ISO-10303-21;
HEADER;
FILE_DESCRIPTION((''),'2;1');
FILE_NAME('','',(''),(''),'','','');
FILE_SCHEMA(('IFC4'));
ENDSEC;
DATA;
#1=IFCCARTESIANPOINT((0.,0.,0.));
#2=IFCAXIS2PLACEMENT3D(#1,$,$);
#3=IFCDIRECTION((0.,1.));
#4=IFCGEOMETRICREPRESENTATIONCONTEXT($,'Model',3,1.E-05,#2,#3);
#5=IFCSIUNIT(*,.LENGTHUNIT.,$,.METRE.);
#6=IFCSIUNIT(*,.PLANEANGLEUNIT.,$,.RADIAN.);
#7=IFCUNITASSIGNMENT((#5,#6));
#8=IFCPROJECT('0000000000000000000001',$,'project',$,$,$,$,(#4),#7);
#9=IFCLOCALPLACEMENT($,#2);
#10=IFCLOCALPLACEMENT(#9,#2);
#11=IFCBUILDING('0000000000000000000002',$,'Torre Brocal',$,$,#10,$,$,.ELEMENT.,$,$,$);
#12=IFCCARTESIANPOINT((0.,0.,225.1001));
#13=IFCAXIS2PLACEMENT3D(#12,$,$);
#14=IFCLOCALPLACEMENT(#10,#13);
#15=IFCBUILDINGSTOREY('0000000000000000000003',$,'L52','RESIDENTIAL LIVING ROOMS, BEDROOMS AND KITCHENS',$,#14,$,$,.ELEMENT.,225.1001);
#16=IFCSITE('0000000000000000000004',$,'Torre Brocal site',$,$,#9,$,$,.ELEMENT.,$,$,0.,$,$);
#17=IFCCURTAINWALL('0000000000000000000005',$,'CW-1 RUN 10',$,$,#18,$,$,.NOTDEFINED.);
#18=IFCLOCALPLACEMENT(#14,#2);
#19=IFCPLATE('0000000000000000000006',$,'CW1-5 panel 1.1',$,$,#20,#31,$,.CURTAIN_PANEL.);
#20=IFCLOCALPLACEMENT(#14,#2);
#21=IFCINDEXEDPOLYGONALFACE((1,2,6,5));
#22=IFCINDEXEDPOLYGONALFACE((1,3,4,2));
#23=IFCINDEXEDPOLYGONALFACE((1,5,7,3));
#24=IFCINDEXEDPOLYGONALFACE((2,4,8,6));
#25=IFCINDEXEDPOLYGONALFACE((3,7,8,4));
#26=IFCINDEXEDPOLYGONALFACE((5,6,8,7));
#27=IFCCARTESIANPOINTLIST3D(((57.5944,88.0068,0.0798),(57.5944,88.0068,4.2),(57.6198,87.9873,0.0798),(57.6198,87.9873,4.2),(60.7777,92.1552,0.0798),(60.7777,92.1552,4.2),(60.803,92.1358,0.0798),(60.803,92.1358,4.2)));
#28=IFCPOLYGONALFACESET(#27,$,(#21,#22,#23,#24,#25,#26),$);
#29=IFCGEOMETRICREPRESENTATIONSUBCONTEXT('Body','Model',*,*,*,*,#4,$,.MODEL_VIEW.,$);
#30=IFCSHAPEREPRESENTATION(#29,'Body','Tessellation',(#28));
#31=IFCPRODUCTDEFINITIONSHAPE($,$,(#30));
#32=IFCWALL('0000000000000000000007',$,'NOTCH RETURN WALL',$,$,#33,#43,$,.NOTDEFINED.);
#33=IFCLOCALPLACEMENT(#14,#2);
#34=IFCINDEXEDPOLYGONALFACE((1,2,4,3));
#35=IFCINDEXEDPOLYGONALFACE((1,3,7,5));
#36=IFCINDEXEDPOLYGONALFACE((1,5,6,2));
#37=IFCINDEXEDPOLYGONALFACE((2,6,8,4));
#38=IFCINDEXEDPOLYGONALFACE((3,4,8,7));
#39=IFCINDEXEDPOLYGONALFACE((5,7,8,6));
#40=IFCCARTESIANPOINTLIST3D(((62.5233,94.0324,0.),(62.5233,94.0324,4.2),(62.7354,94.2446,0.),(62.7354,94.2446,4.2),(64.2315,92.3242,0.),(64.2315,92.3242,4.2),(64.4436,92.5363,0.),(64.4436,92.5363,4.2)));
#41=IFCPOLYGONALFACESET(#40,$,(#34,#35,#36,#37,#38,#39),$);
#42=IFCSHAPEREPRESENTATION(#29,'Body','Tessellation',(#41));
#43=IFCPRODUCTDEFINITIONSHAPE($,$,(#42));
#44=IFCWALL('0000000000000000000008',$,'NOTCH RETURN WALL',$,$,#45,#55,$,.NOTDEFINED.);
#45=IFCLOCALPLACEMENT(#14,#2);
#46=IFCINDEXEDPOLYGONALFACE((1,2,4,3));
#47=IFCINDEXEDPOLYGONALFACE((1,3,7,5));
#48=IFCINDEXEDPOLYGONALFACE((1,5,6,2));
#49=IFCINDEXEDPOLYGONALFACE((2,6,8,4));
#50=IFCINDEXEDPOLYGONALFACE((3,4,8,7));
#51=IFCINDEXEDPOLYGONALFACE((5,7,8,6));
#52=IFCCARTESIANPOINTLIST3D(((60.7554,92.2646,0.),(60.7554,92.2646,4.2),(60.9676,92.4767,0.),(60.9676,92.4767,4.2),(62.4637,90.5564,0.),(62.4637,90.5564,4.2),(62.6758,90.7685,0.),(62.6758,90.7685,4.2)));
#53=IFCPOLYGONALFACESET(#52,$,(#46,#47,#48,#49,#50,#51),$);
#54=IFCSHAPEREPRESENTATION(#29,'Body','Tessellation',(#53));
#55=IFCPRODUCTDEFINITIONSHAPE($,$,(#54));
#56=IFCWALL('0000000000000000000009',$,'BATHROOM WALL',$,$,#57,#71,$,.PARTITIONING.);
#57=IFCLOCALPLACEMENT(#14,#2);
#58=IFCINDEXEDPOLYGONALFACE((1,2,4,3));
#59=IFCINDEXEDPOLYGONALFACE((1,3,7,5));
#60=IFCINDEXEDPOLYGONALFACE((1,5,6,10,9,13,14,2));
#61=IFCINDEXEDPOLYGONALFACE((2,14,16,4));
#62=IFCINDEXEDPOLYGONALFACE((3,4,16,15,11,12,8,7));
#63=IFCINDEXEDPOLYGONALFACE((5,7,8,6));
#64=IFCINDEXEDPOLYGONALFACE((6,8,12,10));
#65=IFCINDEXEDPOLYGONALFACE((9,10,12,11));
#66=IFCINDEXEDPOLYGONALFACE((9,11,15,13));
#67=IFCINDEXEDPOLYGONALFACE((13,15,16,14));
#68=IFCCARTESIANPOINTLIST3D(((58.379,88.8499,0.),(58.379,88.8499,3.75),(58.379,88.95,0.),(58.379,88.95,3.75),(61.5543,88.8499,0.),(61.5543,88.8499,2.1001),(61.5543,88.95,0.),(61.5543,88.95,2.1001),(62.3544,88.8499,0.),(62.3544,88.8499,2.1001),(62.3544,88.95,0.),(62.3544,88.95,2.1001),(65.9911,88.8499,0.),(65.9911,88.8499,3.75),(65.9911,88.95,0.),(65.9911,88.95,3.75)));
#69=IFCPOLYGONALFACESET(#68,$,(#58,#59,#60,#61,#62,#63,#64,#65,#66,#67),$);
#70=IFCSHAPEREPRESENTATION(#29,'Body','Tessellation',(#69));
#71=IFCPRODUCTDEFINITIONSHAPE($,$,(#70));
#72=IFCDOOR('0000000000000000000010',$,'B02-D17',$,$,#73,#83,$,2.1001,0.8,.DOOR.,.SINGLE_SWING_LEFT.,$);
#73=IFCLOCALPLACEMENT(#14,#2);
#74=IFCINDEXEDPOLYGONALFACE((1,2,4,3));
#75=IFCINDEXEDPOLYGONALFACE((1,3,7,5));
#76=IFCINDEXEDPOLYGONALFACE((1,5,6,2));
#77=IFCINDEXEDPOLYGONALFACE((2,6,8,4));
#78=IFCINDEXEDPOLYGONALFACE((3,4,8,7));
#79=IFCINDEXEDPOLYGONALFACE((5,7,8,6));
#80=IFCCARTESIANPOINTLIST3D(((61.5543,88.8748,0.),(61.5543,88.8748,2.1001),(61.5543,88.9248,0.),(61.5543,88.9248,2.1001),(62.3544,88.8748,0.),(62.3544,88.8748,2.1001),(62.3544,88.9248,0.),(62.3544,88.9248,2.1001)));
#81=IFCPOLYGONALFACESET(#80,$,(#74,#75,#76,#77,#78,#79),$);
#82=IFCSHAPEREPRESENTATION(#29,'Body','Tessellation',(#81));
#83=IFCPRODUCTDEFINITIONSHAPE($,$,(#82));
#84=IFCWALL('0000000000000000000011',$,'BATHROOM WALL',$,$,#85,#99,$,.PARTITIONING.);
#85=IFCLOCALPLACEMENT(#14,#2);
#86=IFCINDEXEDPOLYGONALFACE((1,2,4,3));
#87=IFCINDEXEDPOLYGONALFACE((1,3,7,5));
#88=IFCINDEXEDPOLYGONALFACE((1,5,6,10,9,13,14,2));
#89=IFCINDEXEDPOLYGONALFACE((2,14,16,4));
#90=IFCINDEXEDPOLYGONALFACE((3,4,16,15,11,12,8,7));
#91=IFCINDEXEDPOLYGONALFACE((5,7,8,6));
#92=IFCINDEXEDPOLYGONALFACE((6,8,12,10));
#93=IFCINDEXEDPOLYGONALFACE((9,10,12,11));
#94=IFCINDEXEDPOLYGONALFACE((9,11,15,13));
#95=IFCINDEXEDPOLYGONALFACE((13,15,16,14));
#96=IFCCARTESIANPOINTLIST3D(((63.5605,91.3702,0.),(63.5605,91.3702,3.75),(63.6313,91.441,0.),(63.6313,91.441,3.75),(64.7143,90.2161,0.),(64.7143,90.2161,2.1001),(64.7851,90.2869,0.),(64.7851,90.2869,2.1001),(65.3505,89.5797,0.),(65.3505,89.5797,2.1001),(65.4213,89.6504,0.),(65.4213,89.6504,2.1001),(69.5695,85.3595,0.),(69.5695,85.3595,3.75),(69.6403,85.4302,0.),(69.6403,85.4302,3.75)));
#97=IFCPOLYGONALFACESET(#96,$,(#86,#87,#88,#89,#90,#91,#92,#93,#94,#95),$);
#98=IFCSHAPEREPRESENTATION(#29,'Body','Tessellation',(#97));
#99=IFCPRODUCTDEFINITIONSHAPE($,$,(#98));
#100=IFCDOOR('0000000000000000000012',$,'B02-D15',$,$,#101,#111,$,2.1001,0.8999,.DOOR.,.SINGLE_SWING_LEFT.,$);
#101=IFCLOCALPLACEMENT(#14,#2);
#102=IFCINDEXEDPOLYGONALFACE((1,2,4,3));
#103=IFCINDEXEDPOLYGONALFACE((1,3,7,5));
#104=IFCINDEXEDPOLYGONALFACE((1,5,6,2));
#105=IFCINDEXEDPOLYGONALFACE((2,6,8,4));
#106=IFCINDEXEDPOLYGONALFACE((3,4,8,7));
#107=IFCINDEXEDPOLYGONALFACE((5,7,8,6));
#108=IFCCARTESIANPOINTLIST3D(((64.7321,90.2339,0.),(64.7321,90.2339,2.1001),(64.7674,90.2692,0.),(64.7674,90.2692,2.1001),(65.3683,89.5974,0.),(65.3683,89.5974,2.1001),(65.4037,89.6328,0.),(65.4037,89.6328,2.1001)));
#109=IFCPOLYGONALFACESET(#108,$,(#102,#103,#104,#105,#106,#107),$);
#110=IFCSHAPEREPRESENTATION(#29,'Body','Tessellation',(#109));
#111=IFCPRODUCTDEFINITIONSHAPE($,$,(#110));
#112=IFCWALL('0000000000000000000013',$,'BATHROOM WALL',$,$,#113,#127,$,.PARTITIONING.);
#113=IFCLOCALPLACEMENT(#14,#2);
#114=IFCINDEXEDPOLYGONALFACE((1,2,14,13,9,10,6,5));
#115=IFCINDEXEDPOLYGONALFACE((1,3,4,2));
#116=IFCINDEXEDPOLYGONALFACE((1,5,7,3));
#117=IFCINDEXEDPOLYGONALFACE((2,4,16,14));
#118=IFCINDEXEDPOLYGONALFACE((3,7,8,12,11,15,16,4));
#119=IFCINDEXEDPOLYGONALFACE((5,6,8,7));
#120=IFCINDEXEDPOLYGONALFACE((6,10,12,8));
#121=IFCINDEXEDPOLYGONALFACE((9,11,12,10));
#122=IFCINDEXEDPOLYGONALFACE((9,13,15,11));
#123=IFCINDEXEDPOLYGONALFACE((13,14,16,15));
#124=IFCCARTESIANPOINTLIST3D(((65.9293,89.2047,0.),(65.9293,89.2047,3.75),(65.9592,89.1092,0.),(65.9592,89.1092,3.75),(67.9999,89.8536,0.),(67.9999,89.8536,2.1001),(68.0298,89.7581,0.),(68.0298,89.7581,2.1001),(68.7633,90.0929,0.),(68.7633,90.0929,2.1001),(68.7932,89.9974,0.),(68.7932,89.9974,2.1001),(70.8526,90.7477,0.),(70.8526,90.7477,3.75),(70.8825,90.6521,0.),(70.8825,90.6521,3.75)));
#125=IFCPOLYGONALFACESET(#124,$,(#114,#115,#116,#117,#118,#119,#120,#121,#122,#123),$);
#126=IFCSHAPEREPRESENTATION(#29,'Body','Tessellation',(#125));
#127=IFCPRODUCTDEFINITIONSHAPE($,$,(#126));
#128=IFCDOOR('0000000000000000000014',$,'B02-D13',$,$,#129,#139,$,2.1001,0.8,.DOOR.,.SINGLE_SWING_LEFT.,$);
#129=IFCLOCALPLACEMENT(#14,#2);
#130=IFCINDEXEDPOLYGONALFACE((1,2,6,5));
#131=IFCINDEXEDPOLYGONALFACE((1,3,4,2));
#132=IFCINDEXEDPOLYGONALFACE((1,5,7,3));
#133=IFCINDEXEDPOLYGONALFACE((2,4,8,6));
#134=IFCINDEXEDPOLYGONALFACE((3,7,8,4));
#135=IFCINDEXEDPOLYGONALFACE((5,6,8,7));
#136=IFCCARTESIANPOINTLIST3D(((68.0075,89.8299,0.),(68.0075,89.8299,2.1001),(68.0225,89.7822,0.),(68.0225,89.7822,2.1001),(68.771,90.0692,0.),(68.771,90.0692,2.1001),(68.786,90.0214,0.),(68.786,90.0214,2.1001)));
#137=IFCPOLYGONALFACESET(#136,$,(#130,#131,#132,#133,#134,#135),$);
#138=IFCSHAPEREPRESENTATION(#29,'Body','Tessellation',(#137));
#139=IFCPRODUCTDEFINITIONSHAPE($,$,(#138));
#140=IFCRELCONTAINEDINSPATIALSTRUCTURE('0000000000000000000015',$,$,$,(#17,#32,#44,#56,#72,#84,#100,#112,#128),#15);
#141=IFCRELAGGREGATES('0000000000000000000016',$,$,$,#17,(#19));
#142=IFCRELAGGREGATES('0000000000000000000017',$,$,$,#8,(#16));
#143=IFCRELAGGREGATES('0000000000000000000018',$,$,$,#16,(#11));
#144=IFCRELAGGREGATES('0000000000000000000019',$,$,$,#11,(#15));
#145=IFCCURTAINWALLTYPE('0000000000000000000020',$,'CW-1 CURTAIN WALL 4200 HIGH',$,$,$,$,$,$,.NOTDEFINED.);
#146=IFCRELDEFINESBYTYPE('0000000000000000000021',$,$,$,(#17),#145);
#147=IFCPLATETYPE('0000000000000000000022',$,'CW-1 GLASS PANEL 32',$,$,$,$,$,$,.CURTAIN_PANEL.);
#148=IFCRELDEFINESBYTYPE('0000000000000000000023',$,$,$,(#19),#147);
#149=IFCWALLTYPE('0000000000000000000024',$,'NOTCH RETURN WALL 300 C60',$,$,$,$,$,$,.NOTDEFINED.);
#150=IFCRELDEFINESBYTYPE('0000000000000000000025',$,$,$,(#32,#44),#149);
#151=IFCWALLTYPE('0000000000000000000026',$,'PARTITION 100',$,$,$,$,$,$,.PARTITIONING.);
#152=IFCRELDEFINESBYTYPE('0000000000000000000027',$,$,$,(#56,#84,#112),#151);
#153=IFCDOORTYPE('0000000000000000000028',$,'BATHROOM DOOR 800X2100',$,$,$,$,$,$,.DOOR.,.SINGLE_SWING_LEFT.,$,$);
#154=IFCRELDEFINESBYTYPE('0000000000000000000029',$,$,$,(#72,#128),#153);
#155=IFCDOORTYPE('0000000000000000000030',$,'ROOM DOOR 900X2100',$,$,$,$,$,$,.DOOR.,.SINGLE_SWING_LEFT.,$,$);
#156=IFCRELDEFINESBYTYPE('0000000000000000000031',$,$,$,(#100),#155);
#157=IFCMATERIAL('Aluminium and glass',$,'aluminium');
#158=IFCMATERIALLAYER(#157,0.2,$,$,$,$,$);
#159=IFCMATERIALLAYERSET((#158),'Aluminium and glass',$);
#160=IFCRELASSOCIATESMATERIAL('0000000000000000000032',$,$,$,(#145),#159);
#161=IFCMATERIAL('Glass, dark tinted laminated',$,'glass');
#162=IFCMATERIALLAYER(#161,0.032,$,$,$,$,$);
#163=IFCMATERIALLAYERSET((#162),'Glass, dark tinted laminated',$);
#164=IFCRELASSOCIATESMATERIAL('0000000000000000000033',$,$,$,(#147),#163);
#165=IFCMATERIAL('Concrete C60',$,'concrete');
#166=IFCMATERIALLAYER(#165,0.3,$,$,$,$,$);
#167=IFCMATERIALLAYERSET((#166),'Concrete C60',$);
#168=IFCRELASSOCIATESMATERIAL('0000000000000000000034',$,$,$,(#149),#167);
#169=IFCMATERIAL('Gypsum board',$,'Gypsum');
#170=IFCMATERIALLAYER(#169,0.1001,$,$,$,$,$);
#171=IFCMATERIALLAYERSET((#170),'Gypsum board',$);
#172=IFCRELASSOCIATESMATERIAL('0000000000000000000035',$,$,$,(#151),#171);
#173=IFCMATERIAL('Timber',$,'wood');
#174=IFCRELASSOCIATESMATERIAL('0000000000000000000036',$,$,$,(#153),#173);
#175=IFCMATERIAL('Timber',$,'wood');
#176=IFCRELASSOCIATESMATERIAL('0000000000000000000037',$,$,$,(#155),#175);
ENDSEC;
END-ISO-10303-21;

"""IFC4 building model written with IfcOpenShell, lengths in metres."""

from ifc_helpers import new_model, si_unit, direction, frame, frame_2d, origin, origin_2d, place, context, subcontext, project, spatial, rectangle, extrude, material, layer, layer_set, type_object, element, fill, aggregate, save


model = new_model("IFC4")

# Units and contexts
model_context = context("Model", 3, precision=1e-05, world=origin(), true_north=direction((0.0, 1.0)))
body_context = subcontext(model_context, "Body", "Model", "MODEL_VIEW")
ifc_project = project(units=[si_unit("LENGTHUNIT", "METRE"), si_unit("PLANEANGLEUNIT", "RADIAN")], contexts=[model_context])

# Site, building, storey
site_placement = place(None, origin())
site = spatial("IfcSite", under=ifc_project, at=site_placement, Name="Torre Brocal site", CompositionType="ELEMENT", RefElevation=0.0)
building_placement = place(site_placement, origin())
building = spatial("IfcBuilding", under=site, at=building_placement, Name="Torre Brocal", CompositionType="ELEMENT")
storey_placement = place(building_placement, frame((0.0, 0.0, 225.1001)))
storey = spatial("IfcBuildingStorey", under=building, at=storey_placement, Name="L52", Description="RESIDENTIAL LIVING ROOMS, BEDROOMS AND KITCHENS", CompositionType="ELEMENT", Elevation=225.1001)

# Shared definitions
ifc_material_1 = material(Name="Aluminium and glass", Category="aluminium")
ifc_layer_1 = layer(ifc_material_1, 0.2)
ifc_layer_set_1 = layer_set([ifc_layer_1], Name="Aluminium and glass")
curtain_wall_type = type_object("IfcCurtainWallType", Name="CW-1 CURTAIN WALL 4200 HIGH", PredefinedType="NOTDEFINED", material=ifc_layer_set_1)

# Curtain wall
curtain_wall_1_placement = place(storey_placement, origin())
curtain_wall_1 = element("IfcCurtainWall", 1, at=curtain_wall_1_placement, inside=storey, type_object=curtain_wall_type, Name="CW-1 RUN 10", PredefinedType="NOTDEFINED")

# Plate
ifc_material_2 = material(Name="Glass, dark tinted laminated", Category="glass")
ifc_layer_2 = layer(ifc_material_2, 0.032)
ifc_layer_set_2 = layer_set([ifc_layer_2], Name="Glass, dark tinted laminated")
plate_type = type_object("IfcPlateType", Name="CW-1 GLASS PANEL 32", PredefinedType="CURTAIN_PANEL", material=ifc_layer_set_2)
plate_1_placement = place(storey_placement, frame((59.1987, 90.0713, 0.0798), z_axis=(0.0, 0.0, 1.0), x_axis=(-0.608761, -0.793353, 0.0)))
plate_1 = element("IfcPlate", 2, at=plate_1_placement, type_object=plate_type, Name="CW1-5 panel 1.1", PredefinedType="CURTAIN_PANEL", context=body_context, shape_type="SweptSolid", body=[
    extrude(rectangle(XDim=5.229, YDim=0.032, at=origin_2d()), origin(), (0.0, 0.0, 1.0), 4.1201),
])
aggregate(curtain_wall_1, [plate_1])

# Walls
ifc_material_3 = material(Name="Concrete C60", Category="concrete")
ifc_layer_3 = layer(ifc_material_3, 0.3)
ifc_layer_set_3 = layer_set([ifc_layer_3], Name="Concrete C60")
wall_type_1 = type_object("IfcWallType", Name="NOTCH RETURN WALL 300 C60", PredefinedType="NOTDEFINED", material=ifc_layer_set_3)
for number, where, z_axis, x_axis, name in (
    (3, (64.3376, 92.4302, 0.0), (0.0, 0.0, 1.0), (-0.707107, 0.707107, 0.0), "NOTCH RETURN WALL"),
    (4, (62.5698, 90.6624, 0.0), (0.0, 0.0, 1.0), (-0.707107, 0.707107, 0.0), "NOTCH RETURN WALL"),
):
    element("IfcWall", number, at=place(storey_placement, frame(where, z_axis=z_axis, x_axis=x_axis)), inside=storey, type_object=wall_type_1, Name=name, PredefinedType="NOTDEFINED", context=body_context, shape_type="SweptSolid", body=[
        extrude(rectangle(XDim=2.4158, YDim=0.3, at=frame_2d((1.208, 0.0))), origin(), (0.0, 0.0, 1.0), 4.2),
    ])

# Walls, openings, doors
ifc_material_4 = material(Name="Gypsum board", Category="Gypsum")
ifc_layer_4 = layer(ifc_material_4, 0.1001)
ifc_layer_set_4 = layer_set([ifc_layer_4], Name="Gypsum board")
wall_type_2 = type_object("IfcWallType", Name="PARTITION 100", PredefinedType="PARTITIONING", material=ifc_layer_set_4)
wall_1_placement = place(storey_placement, frame((58.3789, 88.8999, 0.0), z_axis=(0.0, 0.0, 1.0), x_axis=(1.0, 0.0, 0.0)))
wall_1 = element("IfcWall", 5, at=wall_1_placement, inside=storey, type_object=wall_type_2, Name="BATHROOM WALL", PredefinedType="PARTITIONING", context=body_context, shape_type="SweptSolid", body=[
    extrude(rectangle(XDim=7.6121, YDim=0.1001, at=frame_2d((3.8062, 0.0))), origin(), (0.0, 0.0, 1.0), 3.75),
])
opening_1_placement = place(wall_1_placement, frame((3.1755, 0.0, 0.0)))
opening_1 = element("IfcOpeningElement", 6, at=opening_1_placement, cuts=wall_1, PredefinedType="OPENING", context=body_context, shape_type="SweptSolid", body=[
    extrude(rectangle(XDim=0.8, YDim=2.1001, at=frame_2d((0.3999, 1.05))), frame((0.0, 0.0601, 0.0), z_axis=(0.0, -1.0, 0.0), x_axis=(1.0, 0.0, 0.0)), (0.0, 0.0, 1.0), 0.1201),
])
ifc_material_5 = material(Name="Timber", Category="wood")
door_type_1 = type_object("IfcDoorType", Name="BATHROOM DOOR 800X2100", OperationType="SINGLE_SWING_LEFT", PredefinedType="DOOR", material=ifc_material_5)
door_1_placement = place(opening_1_placement, origin())
door_1 = element("IfcDoor", 7, at=door_1_placement, inside=storey, type_object=door_type_1, Name="B02-D17", OperationType="SINGLE_SWING_LEFT", OverallHeight=2.1001, OverallWidth=0.8, PredefinedType="DOOR", context=body_context, shape_type="SweptSolid", body=[
    extrude(rectangle(XDim=0.8, YDim=2.1001, at=frame_2d((0.3999, 1.05))), frame((0.0, 0.0249, 0.0), z_axis=(0.0, -1.0, 0.0), x_axis=(1.0, 0.0, 0.0)), (0.0, 0.0, 1.0), 0.05),
])
fill(opening_1, door_1)
wall_2_placement = place(storey_placement, frame((63.5959, 91.4055, 0.0), z_axis=(0.0, 0.0, 1.0), x_axis=(0.707006, -0.707207, 0.0)))
wall_2 = element("IfcWall", 8, at=wall_2_placement, inside=storey, type_object=wall_type_2, Name="BATHROOM WALL", PredefinedType="PARTITIONING", context=body_context, shape_type="SweptSolid", body=[
    extrude(rectangle(XDim=8.4993, YDim=0.1001, at=frame_2d((4.2495, 0.0))), origin(), (0.0, 0.0, 1.0), 3.75),
])
opening_2_placement = place(wall_2_placement, frame((1.6318, 0.0, 0.0)))
opening_2 = element("IfcOpeningElement", 9, at=opening_2_placement, cuts=wall_2, PredefinedType="OPENING", context=body_context, shape_type="SweptSolid", body=[
    extrude(rectangle(XDim=0.8999, YDim=2.1001, at=frame_2d((0.45, 1.05))), frame((0.0, 0.0601, 0.0), z_axis=(0.0, -1.0, 0.0), x_axis=(1.0, 0.0, 0.0)), (0.0, 0.0, 1.0), 0.1201),
])
ifc_material_6 = material(Name="Timber", Category="wood")
door_type_2 = type_object("IfcDoorType", Name="ROOM DOOR 900X2100", OperationType="SINGLE_SWING_LEFT", PredefinedType="DOOR", material=ifc_material_6)
door_2_placement = place(opening_2_placement, frame((0.8999, 0.0, 0.0), z_axis=(0.0, 0.0, 1.0), x_axis=(-1.0, 0.0, 0.0)))
door_2 = element("IfcDoor", 10, at=door_2_placement, inside=storey, type_object=door_type_2, Name="B02-D15", OperationType="SINGLE_SWING_LEFT", OverallHeight=2.1001, OverallWidth=0.8999, PredefinedType="DOOR", context=body_context, shape_type="SweptSolid", body=[
    extrude(rectangle(XDim=0.8999, YDim=2.1001, at=frame_2d((0.45, 1.05))), frame((0.0, 0.0249, 0.0), z_axis=(0.0, -1.0, 0.0), x_axis=(1.0, 0.0, 0.0)), (0.0, 0.0, 1.0), 0.05),
])
fill(opening_2, door_2)
wall_3_placement = place(storey_placement, frame((65.9443, 89.157, 0.0), z_axis=(0.0, 0.0, 1.0), x_axis=(0.954235, 0.299056, 0.0)))
wall_3 = element("IfcWall", 11, at=wall_3_placement, inside=storey, type_object=wall_type_2, Name="BATHROOM WALL", PredefinedType="PARTITIONING", context=body_context, shape_type="SweptSolid", body=[
    extrude(rectangle(XDim=5.1594, YDim=0.1001, at=frame_2d((2.5796, 0.0))), origin(), (0.0, 0.0, 1.0), 3.75),
])
opening_3_placement = place(wall_3_placement, frame((2.1699, 0.0, 0.0)))
opening_3 = element("IfcOpeningElement", 12, at=opening_3_placement, cuts=wall_3, PredefinedType="OPENING", context=body_context, shape_type="SweptSolid", body=[
    extrude(rectangle(XDim=0.8, YDim=2.1001, at=frame_2d((0.3999, 1.05))), frame((0.0, 0.0601, 0.0), z_axis=(0.0, -1.0, 0.0), x_axis=(1.0, 0.0, 0.0)), (0.0, 0.0, 1.0), 0.1201),
])
door_3_placement = place(opening_3_placement, frame((0.8, 0.0, 0.0), z_axis=(0.0, 0.0, 1.0), x_axis=(-1.0, 0.0, 0.0)))
door_3 = element("IfcDoor", 13, at=door_3_placement, inside=storey, type_object=door_type_1, Name="B02-D13", OperationType="SINGLE_SWING_LEFT", OverallHeight=2.1001, OverallWidth=0.8, PredefinedType="DOOR", context=body_context, shape_type="SweptSolid", body=[
    extrude(rectangle(XDim=0.8, YDim=2.1001, at=frame_2d((0.3999, 1.05))), frame((0.0, 0.0249, 0.0), z_axis=(0.0, -1.0, 0.0), x_axis=(1.0, 0.0, 0.0)), (0.0, 0.0, 1.0), 0.05),
])
fill(opening_3, door_3)

save(model, "model.ifc")
